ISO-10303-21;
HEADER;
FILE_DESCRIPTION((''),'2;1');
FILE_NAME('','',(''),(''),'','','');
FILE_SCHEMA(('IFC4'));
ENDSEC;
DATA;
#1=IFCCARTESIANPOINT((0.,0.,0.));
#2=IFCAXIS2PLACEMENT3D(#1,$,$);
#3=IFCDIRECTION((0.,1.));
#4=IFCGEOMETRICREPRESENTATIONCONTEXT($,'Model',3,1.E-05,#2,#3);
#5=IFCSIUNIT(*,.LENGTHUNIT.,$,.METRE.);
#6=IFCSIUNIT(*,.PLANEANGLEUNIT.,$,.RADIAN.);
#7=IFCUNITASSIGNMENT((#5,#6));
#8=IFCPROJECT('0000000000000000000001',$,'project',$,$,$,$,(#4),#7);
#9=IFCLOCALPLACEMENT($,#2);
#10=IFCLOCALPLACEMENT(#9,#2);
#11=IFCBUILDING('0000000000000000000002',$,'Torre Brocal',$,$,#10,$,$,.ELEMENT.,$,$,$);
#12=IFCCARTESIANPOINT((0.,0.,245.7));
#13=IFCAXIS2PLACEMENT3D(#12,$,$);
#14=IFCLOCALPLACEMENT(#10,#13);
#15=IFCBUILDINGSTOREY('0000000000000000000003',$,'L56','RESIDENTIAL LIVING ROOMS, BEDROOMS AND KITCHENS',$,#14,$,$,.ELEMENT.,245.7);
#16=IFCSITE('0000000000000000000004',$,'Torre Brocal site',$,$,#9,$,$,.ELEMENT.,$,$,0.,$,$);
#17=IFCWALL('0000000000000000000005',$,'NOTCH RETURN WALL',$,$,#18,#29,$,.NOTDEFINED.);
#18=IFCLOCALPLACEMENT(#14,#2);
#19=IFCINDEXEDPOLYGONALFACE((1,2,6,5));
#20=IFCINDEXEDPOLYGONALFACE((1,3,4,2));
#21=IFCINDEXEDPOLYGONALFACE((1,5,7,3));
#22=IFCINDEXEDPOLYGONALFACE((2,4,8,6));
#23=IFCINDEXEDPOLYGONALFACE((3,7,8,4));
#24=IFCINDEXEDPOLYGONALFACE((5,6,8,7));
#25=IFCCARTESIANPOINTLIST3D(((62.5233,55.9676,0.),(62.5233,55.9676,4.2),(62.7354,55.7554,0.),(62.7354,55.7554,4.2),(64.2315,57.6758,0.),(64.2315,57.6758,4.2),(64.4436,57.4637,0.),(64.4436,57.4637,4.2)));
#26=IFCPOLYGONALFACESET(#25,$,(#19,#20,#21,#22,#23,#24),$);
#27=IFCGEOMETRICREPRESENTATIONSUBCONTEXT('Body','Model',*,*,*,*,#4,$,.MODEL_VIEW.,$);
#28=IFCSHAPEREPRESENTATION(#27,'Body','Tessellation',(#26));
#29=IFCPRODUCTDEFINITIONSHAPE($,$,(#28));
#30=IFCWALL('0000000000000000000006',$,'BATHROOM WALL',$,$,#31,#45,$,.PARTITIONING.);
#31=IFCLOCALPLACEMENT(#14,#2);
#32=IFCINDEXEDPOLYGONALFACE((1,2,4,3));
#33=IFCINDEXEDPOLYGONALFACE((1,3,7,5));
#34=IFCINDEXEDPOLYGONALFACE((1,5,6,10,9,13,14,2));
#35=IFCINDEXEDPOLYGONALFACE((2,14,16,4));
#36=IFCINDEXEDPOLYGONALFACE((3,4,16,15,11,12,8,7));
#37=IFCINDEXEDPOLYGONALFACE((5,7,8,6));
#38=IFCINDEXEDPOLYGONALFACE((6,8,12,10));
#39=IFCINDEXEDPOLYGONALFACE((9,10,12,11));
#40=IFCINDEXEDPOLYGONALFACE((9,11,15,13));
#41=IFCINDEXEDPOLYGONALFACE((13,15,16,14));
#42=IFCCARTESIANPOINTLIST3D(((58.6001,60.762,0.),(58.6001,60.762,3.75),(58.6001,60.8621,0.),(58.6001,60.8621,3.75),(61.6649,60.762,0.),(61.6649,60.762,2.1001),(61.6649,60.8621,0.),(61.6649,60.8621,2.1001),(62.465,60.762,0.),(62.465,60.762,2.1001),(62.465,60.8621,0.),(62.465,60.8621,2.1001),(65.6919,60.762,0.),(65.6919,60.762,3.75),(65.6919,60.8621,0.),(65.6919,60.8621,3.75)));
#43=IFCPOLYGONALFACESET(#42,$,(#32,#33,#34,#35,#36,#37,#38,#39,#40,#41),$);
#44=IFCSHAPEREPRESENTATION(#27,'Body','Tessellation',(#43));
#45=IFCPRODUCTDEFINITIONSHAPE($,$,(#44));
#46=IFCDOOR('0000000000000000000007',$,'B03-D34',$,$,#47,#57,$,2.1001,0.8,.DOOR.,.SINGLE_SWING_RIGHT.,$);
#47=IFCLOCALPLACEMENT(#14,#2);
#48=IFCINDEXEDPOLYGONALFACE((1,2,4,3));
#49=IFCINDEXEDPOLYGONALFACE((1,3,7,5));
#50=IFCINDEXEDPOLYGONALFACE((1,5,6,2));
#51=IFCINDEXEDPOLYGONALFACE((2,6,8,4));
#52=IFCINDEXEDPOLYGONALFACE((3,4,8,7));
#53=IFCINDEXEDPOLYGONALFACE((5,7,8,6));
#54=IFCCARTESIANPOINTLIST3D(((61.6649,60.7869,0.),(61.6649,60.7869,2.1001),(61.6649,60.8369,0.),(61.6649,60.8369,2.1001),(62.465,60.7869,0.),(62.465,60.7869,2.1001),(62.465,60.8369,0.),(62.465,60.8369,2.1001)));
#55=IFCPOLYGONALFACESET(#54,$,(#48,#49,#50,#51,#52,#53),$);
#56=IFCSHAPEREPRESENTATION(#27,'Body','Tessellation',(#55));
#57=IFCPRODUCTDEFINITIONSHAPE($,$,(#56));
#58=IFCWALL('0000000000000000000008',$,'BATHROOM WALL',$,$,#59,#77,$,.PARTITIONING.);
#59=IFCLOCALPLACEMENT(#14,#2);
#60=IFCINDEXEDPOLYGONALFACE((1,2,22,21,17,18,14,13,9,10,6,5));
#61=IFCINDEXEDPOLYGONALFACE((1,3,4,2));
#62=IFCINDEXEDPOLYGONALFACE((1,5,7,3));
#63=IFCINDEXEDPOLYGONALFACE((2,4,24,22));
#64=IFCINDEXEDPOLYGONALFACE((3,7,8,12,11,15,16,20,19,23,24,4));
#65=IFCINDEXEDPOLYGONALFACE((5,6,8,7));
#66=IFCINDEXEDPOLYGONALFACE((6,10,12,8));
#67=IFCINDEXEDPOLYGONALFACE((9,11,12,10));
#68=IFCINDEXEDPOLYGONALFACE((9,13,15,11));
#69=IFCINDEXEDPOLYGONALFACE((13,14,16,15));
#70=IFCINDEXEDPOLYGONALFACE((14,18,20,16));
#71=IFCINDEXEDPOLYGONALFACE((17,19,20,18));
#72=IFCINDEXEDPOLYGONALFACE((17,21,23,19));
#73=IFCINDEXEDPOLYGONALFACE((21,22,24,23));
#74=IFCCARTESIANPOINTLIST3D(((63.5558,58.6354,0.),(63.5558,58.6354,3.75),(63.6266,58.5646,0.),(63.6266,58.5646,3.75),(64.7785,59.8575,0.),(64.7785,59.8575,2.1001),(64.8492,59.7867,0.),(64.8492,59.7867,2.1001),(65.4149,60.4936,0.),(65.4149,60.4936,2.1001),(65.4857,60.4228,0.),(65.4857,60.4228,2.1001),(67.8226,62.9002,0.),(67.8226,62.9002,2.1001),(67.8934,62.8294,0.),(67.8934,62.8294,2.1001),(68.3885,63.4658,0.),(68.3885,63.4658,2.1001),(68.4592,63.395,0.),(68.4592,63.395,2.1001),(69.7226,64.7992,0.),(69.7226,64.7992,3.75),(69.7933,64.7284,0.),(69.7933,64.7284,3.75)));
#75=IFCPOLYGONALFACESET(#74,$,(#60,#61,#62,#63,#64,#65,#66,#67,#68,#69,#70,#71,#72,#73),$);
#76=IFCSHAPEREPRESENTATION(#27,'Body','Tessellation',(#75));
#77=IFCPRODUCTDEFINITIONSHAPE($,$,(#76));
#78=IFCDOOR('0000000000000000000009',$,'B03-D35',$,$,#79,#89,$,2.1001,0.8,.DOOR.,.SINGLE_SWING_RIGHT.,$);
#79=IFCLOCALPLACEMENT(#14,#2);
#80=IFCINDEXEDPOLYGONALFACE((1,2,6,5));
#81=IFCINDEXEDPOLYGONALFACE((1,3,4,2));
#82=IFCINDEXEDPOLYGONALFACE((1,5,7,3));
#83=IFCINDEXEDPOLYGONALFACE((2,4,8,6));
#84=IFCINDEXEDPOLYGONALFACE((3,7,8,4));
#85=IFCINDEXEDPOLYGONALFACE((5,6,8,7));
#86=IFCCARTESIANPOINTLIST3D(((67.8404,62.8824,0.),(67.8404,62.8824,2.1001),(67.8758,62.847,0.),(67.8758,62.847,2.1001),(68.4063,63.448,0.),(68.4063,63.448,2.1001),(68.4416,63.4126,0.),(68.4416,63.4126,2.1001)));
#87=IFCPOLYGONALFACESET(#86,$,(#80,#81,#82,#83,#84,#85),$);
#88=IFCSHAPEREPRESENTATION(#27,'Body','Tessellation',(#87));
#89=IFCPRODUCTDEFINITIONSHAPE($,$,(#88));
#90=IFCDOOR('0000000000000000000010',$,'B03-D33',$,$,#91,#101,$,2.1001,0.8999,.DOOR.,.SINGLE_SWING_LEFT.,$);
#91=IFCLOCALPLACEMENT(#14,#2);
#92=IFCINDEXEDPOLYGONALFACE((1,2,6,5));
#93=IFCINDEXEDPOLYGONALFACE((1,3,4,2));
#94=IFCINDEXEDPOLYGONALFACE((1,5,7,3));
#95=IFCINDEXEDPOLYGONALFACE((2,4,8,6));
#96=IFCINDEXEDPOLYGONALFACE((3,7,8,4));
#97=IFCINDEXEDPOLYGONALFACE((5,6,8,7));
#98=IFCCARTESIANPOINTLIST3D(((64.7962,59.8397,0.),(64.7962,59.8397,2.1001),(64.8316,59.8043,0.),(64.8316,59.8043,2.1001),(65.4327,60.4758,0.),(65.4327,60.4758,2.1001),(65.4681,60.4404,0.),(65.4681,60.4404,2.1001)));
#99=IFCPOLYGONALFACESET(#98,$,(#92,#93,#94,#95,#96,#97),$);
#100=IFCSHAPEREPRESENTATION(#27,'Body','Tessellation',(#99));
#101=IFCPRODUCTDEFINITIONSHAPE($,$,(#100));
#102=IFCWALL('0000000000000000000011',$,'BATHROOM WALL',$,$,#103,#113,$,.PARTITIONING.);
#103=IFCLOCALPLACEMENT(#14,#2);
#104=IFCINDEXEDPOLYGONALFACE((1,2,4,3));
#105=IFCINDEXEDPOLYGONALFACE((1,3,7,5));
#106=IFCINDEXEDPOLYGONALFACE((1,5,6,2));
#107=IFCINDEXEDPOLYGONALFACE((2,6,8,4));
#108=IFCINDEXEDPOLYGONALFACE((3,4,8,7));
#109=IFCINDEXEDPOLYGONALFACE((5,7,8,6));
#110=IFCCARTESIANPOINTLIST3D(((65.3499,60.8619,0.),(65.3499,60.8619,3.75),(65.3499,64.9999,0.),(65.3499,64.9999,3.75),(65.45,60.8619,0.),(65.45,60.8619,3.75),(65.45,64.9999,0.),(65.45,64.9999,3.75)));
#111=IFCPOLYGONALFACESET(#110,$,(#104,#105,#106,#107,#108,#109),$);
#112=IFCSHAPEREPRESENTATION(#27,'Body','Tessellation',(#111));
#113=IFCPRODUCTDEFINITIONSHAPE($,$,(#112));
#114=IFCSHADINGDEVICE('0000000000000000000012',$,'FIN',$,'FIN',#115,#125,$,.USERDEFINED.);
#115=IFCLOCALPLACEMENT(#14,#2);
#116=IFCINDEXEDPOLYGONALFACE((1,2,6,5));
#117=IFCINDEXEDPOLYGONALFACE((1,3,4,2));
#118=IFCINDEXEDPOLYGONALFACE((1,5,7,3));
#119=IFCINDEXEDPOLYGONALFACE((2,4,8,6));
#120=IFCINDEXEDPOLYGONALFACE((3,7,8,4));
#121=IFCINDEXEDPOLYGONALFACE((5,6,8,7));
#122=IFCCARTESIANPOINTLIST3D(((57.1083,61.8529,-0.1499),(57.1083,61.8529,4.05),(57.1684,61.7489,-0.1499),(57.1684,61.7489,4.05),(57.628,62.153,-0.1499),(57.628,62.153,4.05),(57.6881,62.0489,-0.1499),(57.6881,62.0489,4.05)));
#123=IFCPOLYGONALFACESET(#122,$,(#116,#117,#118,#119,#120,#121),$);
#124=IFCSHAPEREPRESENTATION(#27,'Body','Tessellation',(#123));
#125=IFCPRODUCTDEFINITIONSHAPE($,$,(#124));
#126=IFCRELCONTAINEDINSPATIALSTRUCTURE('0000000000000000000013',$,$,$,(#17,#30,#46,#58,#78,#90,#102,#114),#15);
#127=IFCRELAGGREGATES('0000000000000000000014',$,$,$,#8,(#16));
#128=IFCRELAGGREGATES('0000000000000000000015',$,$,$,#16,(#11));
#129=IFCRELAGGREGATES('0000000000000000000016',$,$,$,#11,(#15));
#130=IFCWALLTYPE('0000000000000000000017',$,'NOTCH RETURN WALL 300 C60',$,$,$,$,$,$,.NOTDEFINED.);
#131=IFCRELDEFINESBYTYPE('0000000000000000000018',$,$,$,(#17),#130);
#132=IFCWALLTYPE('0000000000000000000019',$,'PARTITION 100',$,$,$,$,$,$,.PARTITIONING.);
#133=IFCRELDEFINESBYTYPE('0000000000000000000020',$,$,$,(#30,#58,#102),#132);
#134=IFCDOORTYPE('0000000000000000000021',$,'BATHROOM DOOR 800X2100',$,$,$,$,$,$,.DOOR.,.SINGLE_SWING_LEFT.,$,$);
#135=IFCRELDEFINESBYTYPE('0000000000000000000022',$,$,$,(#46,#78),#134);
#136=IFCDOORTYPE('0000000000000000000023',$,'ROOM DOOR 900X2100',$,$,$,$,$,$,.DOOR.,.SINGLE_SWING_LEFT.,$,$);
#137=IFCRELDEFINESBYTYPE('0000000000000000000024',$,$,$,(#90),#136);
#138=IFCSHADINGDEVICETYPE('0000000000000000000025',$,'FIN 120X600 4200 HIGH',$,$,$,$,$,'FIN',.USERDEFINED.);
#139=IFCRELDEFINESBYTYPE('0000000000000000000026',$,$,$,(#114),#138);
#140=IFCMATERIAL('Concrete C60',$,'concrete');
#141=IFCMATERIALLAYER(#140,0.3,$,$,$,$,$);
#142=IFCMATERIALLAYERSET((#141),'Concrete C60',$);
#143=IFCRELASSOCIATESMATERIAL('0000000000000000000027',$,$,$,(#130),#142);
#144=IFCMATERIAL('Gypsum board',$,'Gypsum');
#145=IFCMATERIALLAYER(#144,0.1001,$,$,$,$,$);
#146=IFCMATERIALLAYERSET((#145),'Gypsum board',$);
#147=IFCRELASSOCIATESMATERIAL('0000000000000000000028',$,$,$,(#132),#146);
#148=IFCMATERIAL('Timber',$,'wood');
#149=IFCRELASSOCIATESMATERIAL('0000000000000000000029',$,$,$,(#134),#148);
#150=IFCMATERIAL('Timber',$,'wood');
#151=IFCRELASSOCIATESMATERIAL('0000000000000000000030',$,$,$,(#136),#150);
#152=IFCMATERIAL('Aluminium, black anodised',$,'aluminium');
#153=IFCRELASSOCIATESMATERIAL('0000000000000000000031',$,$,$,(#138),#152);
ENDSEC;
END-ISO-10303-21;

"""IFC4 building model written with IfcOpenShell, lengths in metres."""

from ifc_helpers import new_model, si_unit, direction, frame, frame_2d, origin, origin_2d, place, context, subcontext, project, spatial, rectangle, extrude, material, layer, layer_set, material_profile, profile_set, type_object, element, fill, save


model = new_model("IFC4")

# Units and contexts
model_context = context("Model", 3, precision=1e-05, world=origin(), true_north=direction((0.0, 1.0)))
body_context = subcontext(model_context, "Body", "Model", "MODEL_VIEW")
ifc_project = project(units=[si_unit("LENGTHUNIT", "METRE"), si_unit("PLANEANGLEUNIT", "RADIAN")], contexts=[model_context])

# Site, building, storey
site_placement = place(None, origin())
site = spatial("IfcSite", under=ifc_project, at=site_placement, Name="Torre Brocal site", CompositionType="ELEMENT", RefElevation=0.0)
building_placement = place(site_placement, origin())
building = spatial("IfcBuilding", under=site, at=building_placement, Name="Torre Brocal", CompositionType="ELEMENT")
storey_placement = place(building_placement, frame((0.0, 0.0, 245.7)))
storey = spatial("IfcBuildingStorey", under=building, at=storey_placement, Name="L56", Description="RESIDENTIAL LIVING ROOMS, BEDROOMS AND KITCHENS", CompositionType="ELEMENT", Elevation=245.7)

# Wall
ifc_material_1 = material(Name="Concrete C60", Category="concrete")
ifc_layer_1 = layer(ifc_material_1, 0.3)
ifc_layer_set_1 = layer_set([ifc_layer_1], Name="Concrete C60")
wall_type_1 = type_object("IfcWallType", Name="NOTCH RETURN WALL 300 C60", PredefinedType="NOTDEFINED", material=ifc_layer_set_1)
for number, where, z_axis, x_axis, name in (
    (1, (64.3376, 57.5698, 0.0), (0.0, 0.0, 1.0), (-0.707107, -0.707107, 0.0), "NOTCH RETURN WALL"),
):
    element("IfcWall", number, at=place(storey_placement, frame(where, z_axis=z_axis, x_axis=x_axis)), inside=storey, type_object=wall_type_1, Name=name, PredefinedType="NOTDEFINED", context=body_context, shape_type="SweptSolid", body=[
        extrude(rectangle(XDim=2.4158, YDim=0.3, at=frame_2d((1.208, 0.0))), origin(), (0.0, 0.0, 1.0), 4.2),
    ])

# Wall, opening, door
ifc_material_2 = material(Name="Gypsum board", Category="Gypsum")
ifc_layer_2 = layer(ifc_material_2, 0.1001)
ifc_layer_set_2 = layer_set([ifc_layer_2], Name="Gypsum board")
wall_type_2 = type_object("IfcWallType", Name="PARTITION 100", PredefinedType="PARTITIONING", material=ifc_layer_set_2)
wall_1_placement = place(storey_placement, frame((58.6001, 60.812, 0.0), z_axis=(0.0, 0.0, 1.0), x_axis=(1.0, 0.0, 0.0)))
wall_1 = element("IfcWall", 2, at=wall_1_placement, inside=storey, type_object=wall_type_2, Name="BATHROOM WALL", PredefinedType="PARTITIONING", context=body_context, shape_type="SweptSolid", body=[
    extrude(rectangle(XDim=7.0918, YDim=0.1001, at=frame_2d((3.5459, 0.0))), origin(), (0.0, 0.0, 1.0), 3.75),
])
opening_1_placement = place(wall_1_placement, frame((3.0649, 0.0, 0.0)))
opening_1 = element("IfcOpeningElement", 3, at=opening_1_placement, cuts=wall_1, PredefinedType="OPENING", context=body_context, shape_type="SweptSolid", body=[
    extrude(rectangle(XDim=0.8, YDim=2.1001, at=frame_2d((0.3999, 1.05))), frame((0.0, 0.0601, 0.0), z_axis=(0.0, -1.0, 0.0), x_axis=(1.0, 0.0, 0.0)), (0.0, 0.0, 1.0), 0.1201),
])
ifc_material_3 = material(Name="Timber", Category="wood")
door_type_1 = type_object("IfcDoorType", Name="BATHROOM DOOR 800X2100", OperationType="SINGLE_SWING_LEFT", PredefinedType="DOOR", material=ifc_material_3)
door_1_placement = place(opening_1_placement, origin())
door_1 = element("IfcDoor", 4, at=door_1_placement, inside=storey, type_object=door_type_1, Name="B03-D34", OperationType="SINGLE_SWING_RIGHT", OverallHeight=2.1001, OverallWidth=0.8, PredefinedType="DOOR", context=body_context, shape_type="SweptSolid", body=[
    extrude(rectangle(XDim=0.8, YDim=2.1001, at=frame_2d((0.3999, 1.05))), frame((0.0, 0.0249, 0.0), z_axis=(0.0, -1.0, 0.0), x_axis=(1.0, 0.0, 0.0)), (0.0, 0.0, 1.0), 0.05),
])
fill(opening_1, door_1)

# Wall, openings, doors
wall_2_placement = place(storey_placement, frame((63.5913, 58.6001, 0.0), z_axis=(0.0, 0.0, 1.0), x_axis=(0.707275, 0.706939, 0.0)))
wall_2 = element("IfcWall", 5, at=wall_2_placement, inside=storey, type_object=wall_type_2, Name="BATHROOM WALL", PredefinedType="PARTITIONING", context=body_context, shape_type="SweptSolid", body=[
    extrude(rectangle(XDim=8.719, YDim=0.1001, at=frame_2d((4.3594, 0.0))), origin(), (0.0, 0.0, 1.0), 3.75),
])
opening_2_placement = place(wall_2_placement, frame((1.7285, 0.0, 0.0)))
opening_2 = element("IfcOpeningElement", 6, at=opening_2_placement, cuts=wall_2, PredefinedType="OPENING", context=body_context, shape_type="SweptSolid", body=[
    extrude(rectangle(XDim=0.8999, YDim=2.1001, at=frame_2d((0.45, 1.05))), frame((0.0, 0.0601, 0.0), z_axis=(0.0, -1.0, 0.0), x_axis=(1.0, 0.0, 0.0)), (0.0, 0.0, 1.0), 0.1201),
])
opening_3_placement = place(wall_2_placement, frame((6.0327, 0.0, 0.0)))
opening_3 = element("IfcOpeningElement", 7, at=opening_3_placement, cuts=wall_2, PredefinedType="OPENING", context=body_context, shape_type="SweptSolid", body=[
    extrude(rectangle(XDim=0.8, YDim=2.1001, at=frame_2d((0.3999, 1.05))), frame((0.0, 0.0601, 0.0), z_axis=(0.0, -1.0, 0.0), x_axis=(1.0, 0.0, 0.0)), (0.0, 0.0, 1.0), 0.1201),
])
door_2_placement = place(opening_3_placement, origin())
door_2 = element("IfcDoor", 8, at=door_2_placement, inside=storey, type_object=door_type_1, Name="B03-D35", OperationType="SINGLE_SWING_RIGHT", OverallHeight=2.1001, OverallWidth=0.8, PredefinedType="DOOR", context=body_context, shape_type="SweptSolid", body=[
    extrude(rectangle(XDim=0.8, YDim=2.1001, at=frame_2d((0.3999, 1.05))), frame((0.0, 0.0249, 0.0), z_axis=(0.0, -1.0, 0.0), x_axis=(1.0, 0.0, 0.0)), (0.0, 0.0, 1.0), 0.05),
])
fill(opening_3, door_2)
ifc_material_4 = material(Name="Timber", Category="wood")
door_type_2 = type_object("IfcDoorType", Name="ROOM DOOR 900X2100", OperationType="SINGLE_SWING_LEFT", PredefinedType="DOOR", material=ifc_material_4)
door_3_placement = place(opening_2_placement, origin())
door_3 = element("IfcDoor", 9, at=door_3_placement, inside=storey, type_object=door_type_2, Name="B03-D33", OperationType="SINGLE_SWING_LEFT", OverallHeight=2.1001, OverallWidth=0.8999, PredefinedType="DOOR", context=body_context, shape_type="SweptSolid", body=[
    extrude(rectangle(XDim=0.8999, YDim=2.1001, at=frame_2d((0.45, 1.05))), frame((0.0, 0.0249, 0.0), z_axis=(0.0, -1.0, 0.0), x_axis=(1.0, 0.0, 0.0)), (0.0, 0.0, 1.0), 0.05),
])
fill(opening_2, door_3)

# Wall
wall_3_placement = place(storey_placement, frame((65.3999, 60.8621, 0.0), z_axis=(0.0, 0.0, 1.0), x_axis=(0.0, 1.0, 0.0)))
element("IfcWall", 10, at=wall_3_placement, inside=storey, type_object=wall_type_2, Name="BATHROOM WALL", PredefinedType="PARTITIONING", context=body_context, shape_type="SweptSolid", body=[
    extrude(rectangle(XDim=4.1379, YDim=0.1001, at=frame_2d((2.0688, 0.0))), origin(), (0.0, 0.0, 1.0), 3.75),
])

# Shading device
ifc_material_5 = material(Name="Aluminium, black anodised", Category="aluminium")
ifc_material_profile_1 = material_profile(ifc_material_5, rectangle(XDim=0.1201, YDim=0.6001, at=origin_2d()), Name="FIN 120X600 4200 HIGH")
ifc_profile_set_1 = profile_set([ifc_material_profile_1], Name="Aluminium, black anodised")
shading_device_type = type_object("IfcShadingDeviceType", Name="FIN 120X600 4200 HIGH", ElementType="FIN", PredefinedType="USERDEFINED", material=ifc_profile_set_1)
shading_device_placement = place(storey_placement, frame((57.3982, 61.9509, -0.1499), z_axis=(0.0, 0.0, 1.0), x_axis=(0.5, -0.866025, 0.0)))
element("IfcShadingDevice", 11, at=shading_device_placement, inside=storey, type_object=shading_device_type, Name="FIN", ObjectType="FIN", PredefinedType="USERDEFINED", context=body_context, shape_type="SweptSolid", body=[
    extrude(rectangle(XDim=0.1201, YDim=0.6001, at=origin_2d()), origin(), (0.0, 0.0, 1.0), 4.2),
])

save(model, "model.ifc")
